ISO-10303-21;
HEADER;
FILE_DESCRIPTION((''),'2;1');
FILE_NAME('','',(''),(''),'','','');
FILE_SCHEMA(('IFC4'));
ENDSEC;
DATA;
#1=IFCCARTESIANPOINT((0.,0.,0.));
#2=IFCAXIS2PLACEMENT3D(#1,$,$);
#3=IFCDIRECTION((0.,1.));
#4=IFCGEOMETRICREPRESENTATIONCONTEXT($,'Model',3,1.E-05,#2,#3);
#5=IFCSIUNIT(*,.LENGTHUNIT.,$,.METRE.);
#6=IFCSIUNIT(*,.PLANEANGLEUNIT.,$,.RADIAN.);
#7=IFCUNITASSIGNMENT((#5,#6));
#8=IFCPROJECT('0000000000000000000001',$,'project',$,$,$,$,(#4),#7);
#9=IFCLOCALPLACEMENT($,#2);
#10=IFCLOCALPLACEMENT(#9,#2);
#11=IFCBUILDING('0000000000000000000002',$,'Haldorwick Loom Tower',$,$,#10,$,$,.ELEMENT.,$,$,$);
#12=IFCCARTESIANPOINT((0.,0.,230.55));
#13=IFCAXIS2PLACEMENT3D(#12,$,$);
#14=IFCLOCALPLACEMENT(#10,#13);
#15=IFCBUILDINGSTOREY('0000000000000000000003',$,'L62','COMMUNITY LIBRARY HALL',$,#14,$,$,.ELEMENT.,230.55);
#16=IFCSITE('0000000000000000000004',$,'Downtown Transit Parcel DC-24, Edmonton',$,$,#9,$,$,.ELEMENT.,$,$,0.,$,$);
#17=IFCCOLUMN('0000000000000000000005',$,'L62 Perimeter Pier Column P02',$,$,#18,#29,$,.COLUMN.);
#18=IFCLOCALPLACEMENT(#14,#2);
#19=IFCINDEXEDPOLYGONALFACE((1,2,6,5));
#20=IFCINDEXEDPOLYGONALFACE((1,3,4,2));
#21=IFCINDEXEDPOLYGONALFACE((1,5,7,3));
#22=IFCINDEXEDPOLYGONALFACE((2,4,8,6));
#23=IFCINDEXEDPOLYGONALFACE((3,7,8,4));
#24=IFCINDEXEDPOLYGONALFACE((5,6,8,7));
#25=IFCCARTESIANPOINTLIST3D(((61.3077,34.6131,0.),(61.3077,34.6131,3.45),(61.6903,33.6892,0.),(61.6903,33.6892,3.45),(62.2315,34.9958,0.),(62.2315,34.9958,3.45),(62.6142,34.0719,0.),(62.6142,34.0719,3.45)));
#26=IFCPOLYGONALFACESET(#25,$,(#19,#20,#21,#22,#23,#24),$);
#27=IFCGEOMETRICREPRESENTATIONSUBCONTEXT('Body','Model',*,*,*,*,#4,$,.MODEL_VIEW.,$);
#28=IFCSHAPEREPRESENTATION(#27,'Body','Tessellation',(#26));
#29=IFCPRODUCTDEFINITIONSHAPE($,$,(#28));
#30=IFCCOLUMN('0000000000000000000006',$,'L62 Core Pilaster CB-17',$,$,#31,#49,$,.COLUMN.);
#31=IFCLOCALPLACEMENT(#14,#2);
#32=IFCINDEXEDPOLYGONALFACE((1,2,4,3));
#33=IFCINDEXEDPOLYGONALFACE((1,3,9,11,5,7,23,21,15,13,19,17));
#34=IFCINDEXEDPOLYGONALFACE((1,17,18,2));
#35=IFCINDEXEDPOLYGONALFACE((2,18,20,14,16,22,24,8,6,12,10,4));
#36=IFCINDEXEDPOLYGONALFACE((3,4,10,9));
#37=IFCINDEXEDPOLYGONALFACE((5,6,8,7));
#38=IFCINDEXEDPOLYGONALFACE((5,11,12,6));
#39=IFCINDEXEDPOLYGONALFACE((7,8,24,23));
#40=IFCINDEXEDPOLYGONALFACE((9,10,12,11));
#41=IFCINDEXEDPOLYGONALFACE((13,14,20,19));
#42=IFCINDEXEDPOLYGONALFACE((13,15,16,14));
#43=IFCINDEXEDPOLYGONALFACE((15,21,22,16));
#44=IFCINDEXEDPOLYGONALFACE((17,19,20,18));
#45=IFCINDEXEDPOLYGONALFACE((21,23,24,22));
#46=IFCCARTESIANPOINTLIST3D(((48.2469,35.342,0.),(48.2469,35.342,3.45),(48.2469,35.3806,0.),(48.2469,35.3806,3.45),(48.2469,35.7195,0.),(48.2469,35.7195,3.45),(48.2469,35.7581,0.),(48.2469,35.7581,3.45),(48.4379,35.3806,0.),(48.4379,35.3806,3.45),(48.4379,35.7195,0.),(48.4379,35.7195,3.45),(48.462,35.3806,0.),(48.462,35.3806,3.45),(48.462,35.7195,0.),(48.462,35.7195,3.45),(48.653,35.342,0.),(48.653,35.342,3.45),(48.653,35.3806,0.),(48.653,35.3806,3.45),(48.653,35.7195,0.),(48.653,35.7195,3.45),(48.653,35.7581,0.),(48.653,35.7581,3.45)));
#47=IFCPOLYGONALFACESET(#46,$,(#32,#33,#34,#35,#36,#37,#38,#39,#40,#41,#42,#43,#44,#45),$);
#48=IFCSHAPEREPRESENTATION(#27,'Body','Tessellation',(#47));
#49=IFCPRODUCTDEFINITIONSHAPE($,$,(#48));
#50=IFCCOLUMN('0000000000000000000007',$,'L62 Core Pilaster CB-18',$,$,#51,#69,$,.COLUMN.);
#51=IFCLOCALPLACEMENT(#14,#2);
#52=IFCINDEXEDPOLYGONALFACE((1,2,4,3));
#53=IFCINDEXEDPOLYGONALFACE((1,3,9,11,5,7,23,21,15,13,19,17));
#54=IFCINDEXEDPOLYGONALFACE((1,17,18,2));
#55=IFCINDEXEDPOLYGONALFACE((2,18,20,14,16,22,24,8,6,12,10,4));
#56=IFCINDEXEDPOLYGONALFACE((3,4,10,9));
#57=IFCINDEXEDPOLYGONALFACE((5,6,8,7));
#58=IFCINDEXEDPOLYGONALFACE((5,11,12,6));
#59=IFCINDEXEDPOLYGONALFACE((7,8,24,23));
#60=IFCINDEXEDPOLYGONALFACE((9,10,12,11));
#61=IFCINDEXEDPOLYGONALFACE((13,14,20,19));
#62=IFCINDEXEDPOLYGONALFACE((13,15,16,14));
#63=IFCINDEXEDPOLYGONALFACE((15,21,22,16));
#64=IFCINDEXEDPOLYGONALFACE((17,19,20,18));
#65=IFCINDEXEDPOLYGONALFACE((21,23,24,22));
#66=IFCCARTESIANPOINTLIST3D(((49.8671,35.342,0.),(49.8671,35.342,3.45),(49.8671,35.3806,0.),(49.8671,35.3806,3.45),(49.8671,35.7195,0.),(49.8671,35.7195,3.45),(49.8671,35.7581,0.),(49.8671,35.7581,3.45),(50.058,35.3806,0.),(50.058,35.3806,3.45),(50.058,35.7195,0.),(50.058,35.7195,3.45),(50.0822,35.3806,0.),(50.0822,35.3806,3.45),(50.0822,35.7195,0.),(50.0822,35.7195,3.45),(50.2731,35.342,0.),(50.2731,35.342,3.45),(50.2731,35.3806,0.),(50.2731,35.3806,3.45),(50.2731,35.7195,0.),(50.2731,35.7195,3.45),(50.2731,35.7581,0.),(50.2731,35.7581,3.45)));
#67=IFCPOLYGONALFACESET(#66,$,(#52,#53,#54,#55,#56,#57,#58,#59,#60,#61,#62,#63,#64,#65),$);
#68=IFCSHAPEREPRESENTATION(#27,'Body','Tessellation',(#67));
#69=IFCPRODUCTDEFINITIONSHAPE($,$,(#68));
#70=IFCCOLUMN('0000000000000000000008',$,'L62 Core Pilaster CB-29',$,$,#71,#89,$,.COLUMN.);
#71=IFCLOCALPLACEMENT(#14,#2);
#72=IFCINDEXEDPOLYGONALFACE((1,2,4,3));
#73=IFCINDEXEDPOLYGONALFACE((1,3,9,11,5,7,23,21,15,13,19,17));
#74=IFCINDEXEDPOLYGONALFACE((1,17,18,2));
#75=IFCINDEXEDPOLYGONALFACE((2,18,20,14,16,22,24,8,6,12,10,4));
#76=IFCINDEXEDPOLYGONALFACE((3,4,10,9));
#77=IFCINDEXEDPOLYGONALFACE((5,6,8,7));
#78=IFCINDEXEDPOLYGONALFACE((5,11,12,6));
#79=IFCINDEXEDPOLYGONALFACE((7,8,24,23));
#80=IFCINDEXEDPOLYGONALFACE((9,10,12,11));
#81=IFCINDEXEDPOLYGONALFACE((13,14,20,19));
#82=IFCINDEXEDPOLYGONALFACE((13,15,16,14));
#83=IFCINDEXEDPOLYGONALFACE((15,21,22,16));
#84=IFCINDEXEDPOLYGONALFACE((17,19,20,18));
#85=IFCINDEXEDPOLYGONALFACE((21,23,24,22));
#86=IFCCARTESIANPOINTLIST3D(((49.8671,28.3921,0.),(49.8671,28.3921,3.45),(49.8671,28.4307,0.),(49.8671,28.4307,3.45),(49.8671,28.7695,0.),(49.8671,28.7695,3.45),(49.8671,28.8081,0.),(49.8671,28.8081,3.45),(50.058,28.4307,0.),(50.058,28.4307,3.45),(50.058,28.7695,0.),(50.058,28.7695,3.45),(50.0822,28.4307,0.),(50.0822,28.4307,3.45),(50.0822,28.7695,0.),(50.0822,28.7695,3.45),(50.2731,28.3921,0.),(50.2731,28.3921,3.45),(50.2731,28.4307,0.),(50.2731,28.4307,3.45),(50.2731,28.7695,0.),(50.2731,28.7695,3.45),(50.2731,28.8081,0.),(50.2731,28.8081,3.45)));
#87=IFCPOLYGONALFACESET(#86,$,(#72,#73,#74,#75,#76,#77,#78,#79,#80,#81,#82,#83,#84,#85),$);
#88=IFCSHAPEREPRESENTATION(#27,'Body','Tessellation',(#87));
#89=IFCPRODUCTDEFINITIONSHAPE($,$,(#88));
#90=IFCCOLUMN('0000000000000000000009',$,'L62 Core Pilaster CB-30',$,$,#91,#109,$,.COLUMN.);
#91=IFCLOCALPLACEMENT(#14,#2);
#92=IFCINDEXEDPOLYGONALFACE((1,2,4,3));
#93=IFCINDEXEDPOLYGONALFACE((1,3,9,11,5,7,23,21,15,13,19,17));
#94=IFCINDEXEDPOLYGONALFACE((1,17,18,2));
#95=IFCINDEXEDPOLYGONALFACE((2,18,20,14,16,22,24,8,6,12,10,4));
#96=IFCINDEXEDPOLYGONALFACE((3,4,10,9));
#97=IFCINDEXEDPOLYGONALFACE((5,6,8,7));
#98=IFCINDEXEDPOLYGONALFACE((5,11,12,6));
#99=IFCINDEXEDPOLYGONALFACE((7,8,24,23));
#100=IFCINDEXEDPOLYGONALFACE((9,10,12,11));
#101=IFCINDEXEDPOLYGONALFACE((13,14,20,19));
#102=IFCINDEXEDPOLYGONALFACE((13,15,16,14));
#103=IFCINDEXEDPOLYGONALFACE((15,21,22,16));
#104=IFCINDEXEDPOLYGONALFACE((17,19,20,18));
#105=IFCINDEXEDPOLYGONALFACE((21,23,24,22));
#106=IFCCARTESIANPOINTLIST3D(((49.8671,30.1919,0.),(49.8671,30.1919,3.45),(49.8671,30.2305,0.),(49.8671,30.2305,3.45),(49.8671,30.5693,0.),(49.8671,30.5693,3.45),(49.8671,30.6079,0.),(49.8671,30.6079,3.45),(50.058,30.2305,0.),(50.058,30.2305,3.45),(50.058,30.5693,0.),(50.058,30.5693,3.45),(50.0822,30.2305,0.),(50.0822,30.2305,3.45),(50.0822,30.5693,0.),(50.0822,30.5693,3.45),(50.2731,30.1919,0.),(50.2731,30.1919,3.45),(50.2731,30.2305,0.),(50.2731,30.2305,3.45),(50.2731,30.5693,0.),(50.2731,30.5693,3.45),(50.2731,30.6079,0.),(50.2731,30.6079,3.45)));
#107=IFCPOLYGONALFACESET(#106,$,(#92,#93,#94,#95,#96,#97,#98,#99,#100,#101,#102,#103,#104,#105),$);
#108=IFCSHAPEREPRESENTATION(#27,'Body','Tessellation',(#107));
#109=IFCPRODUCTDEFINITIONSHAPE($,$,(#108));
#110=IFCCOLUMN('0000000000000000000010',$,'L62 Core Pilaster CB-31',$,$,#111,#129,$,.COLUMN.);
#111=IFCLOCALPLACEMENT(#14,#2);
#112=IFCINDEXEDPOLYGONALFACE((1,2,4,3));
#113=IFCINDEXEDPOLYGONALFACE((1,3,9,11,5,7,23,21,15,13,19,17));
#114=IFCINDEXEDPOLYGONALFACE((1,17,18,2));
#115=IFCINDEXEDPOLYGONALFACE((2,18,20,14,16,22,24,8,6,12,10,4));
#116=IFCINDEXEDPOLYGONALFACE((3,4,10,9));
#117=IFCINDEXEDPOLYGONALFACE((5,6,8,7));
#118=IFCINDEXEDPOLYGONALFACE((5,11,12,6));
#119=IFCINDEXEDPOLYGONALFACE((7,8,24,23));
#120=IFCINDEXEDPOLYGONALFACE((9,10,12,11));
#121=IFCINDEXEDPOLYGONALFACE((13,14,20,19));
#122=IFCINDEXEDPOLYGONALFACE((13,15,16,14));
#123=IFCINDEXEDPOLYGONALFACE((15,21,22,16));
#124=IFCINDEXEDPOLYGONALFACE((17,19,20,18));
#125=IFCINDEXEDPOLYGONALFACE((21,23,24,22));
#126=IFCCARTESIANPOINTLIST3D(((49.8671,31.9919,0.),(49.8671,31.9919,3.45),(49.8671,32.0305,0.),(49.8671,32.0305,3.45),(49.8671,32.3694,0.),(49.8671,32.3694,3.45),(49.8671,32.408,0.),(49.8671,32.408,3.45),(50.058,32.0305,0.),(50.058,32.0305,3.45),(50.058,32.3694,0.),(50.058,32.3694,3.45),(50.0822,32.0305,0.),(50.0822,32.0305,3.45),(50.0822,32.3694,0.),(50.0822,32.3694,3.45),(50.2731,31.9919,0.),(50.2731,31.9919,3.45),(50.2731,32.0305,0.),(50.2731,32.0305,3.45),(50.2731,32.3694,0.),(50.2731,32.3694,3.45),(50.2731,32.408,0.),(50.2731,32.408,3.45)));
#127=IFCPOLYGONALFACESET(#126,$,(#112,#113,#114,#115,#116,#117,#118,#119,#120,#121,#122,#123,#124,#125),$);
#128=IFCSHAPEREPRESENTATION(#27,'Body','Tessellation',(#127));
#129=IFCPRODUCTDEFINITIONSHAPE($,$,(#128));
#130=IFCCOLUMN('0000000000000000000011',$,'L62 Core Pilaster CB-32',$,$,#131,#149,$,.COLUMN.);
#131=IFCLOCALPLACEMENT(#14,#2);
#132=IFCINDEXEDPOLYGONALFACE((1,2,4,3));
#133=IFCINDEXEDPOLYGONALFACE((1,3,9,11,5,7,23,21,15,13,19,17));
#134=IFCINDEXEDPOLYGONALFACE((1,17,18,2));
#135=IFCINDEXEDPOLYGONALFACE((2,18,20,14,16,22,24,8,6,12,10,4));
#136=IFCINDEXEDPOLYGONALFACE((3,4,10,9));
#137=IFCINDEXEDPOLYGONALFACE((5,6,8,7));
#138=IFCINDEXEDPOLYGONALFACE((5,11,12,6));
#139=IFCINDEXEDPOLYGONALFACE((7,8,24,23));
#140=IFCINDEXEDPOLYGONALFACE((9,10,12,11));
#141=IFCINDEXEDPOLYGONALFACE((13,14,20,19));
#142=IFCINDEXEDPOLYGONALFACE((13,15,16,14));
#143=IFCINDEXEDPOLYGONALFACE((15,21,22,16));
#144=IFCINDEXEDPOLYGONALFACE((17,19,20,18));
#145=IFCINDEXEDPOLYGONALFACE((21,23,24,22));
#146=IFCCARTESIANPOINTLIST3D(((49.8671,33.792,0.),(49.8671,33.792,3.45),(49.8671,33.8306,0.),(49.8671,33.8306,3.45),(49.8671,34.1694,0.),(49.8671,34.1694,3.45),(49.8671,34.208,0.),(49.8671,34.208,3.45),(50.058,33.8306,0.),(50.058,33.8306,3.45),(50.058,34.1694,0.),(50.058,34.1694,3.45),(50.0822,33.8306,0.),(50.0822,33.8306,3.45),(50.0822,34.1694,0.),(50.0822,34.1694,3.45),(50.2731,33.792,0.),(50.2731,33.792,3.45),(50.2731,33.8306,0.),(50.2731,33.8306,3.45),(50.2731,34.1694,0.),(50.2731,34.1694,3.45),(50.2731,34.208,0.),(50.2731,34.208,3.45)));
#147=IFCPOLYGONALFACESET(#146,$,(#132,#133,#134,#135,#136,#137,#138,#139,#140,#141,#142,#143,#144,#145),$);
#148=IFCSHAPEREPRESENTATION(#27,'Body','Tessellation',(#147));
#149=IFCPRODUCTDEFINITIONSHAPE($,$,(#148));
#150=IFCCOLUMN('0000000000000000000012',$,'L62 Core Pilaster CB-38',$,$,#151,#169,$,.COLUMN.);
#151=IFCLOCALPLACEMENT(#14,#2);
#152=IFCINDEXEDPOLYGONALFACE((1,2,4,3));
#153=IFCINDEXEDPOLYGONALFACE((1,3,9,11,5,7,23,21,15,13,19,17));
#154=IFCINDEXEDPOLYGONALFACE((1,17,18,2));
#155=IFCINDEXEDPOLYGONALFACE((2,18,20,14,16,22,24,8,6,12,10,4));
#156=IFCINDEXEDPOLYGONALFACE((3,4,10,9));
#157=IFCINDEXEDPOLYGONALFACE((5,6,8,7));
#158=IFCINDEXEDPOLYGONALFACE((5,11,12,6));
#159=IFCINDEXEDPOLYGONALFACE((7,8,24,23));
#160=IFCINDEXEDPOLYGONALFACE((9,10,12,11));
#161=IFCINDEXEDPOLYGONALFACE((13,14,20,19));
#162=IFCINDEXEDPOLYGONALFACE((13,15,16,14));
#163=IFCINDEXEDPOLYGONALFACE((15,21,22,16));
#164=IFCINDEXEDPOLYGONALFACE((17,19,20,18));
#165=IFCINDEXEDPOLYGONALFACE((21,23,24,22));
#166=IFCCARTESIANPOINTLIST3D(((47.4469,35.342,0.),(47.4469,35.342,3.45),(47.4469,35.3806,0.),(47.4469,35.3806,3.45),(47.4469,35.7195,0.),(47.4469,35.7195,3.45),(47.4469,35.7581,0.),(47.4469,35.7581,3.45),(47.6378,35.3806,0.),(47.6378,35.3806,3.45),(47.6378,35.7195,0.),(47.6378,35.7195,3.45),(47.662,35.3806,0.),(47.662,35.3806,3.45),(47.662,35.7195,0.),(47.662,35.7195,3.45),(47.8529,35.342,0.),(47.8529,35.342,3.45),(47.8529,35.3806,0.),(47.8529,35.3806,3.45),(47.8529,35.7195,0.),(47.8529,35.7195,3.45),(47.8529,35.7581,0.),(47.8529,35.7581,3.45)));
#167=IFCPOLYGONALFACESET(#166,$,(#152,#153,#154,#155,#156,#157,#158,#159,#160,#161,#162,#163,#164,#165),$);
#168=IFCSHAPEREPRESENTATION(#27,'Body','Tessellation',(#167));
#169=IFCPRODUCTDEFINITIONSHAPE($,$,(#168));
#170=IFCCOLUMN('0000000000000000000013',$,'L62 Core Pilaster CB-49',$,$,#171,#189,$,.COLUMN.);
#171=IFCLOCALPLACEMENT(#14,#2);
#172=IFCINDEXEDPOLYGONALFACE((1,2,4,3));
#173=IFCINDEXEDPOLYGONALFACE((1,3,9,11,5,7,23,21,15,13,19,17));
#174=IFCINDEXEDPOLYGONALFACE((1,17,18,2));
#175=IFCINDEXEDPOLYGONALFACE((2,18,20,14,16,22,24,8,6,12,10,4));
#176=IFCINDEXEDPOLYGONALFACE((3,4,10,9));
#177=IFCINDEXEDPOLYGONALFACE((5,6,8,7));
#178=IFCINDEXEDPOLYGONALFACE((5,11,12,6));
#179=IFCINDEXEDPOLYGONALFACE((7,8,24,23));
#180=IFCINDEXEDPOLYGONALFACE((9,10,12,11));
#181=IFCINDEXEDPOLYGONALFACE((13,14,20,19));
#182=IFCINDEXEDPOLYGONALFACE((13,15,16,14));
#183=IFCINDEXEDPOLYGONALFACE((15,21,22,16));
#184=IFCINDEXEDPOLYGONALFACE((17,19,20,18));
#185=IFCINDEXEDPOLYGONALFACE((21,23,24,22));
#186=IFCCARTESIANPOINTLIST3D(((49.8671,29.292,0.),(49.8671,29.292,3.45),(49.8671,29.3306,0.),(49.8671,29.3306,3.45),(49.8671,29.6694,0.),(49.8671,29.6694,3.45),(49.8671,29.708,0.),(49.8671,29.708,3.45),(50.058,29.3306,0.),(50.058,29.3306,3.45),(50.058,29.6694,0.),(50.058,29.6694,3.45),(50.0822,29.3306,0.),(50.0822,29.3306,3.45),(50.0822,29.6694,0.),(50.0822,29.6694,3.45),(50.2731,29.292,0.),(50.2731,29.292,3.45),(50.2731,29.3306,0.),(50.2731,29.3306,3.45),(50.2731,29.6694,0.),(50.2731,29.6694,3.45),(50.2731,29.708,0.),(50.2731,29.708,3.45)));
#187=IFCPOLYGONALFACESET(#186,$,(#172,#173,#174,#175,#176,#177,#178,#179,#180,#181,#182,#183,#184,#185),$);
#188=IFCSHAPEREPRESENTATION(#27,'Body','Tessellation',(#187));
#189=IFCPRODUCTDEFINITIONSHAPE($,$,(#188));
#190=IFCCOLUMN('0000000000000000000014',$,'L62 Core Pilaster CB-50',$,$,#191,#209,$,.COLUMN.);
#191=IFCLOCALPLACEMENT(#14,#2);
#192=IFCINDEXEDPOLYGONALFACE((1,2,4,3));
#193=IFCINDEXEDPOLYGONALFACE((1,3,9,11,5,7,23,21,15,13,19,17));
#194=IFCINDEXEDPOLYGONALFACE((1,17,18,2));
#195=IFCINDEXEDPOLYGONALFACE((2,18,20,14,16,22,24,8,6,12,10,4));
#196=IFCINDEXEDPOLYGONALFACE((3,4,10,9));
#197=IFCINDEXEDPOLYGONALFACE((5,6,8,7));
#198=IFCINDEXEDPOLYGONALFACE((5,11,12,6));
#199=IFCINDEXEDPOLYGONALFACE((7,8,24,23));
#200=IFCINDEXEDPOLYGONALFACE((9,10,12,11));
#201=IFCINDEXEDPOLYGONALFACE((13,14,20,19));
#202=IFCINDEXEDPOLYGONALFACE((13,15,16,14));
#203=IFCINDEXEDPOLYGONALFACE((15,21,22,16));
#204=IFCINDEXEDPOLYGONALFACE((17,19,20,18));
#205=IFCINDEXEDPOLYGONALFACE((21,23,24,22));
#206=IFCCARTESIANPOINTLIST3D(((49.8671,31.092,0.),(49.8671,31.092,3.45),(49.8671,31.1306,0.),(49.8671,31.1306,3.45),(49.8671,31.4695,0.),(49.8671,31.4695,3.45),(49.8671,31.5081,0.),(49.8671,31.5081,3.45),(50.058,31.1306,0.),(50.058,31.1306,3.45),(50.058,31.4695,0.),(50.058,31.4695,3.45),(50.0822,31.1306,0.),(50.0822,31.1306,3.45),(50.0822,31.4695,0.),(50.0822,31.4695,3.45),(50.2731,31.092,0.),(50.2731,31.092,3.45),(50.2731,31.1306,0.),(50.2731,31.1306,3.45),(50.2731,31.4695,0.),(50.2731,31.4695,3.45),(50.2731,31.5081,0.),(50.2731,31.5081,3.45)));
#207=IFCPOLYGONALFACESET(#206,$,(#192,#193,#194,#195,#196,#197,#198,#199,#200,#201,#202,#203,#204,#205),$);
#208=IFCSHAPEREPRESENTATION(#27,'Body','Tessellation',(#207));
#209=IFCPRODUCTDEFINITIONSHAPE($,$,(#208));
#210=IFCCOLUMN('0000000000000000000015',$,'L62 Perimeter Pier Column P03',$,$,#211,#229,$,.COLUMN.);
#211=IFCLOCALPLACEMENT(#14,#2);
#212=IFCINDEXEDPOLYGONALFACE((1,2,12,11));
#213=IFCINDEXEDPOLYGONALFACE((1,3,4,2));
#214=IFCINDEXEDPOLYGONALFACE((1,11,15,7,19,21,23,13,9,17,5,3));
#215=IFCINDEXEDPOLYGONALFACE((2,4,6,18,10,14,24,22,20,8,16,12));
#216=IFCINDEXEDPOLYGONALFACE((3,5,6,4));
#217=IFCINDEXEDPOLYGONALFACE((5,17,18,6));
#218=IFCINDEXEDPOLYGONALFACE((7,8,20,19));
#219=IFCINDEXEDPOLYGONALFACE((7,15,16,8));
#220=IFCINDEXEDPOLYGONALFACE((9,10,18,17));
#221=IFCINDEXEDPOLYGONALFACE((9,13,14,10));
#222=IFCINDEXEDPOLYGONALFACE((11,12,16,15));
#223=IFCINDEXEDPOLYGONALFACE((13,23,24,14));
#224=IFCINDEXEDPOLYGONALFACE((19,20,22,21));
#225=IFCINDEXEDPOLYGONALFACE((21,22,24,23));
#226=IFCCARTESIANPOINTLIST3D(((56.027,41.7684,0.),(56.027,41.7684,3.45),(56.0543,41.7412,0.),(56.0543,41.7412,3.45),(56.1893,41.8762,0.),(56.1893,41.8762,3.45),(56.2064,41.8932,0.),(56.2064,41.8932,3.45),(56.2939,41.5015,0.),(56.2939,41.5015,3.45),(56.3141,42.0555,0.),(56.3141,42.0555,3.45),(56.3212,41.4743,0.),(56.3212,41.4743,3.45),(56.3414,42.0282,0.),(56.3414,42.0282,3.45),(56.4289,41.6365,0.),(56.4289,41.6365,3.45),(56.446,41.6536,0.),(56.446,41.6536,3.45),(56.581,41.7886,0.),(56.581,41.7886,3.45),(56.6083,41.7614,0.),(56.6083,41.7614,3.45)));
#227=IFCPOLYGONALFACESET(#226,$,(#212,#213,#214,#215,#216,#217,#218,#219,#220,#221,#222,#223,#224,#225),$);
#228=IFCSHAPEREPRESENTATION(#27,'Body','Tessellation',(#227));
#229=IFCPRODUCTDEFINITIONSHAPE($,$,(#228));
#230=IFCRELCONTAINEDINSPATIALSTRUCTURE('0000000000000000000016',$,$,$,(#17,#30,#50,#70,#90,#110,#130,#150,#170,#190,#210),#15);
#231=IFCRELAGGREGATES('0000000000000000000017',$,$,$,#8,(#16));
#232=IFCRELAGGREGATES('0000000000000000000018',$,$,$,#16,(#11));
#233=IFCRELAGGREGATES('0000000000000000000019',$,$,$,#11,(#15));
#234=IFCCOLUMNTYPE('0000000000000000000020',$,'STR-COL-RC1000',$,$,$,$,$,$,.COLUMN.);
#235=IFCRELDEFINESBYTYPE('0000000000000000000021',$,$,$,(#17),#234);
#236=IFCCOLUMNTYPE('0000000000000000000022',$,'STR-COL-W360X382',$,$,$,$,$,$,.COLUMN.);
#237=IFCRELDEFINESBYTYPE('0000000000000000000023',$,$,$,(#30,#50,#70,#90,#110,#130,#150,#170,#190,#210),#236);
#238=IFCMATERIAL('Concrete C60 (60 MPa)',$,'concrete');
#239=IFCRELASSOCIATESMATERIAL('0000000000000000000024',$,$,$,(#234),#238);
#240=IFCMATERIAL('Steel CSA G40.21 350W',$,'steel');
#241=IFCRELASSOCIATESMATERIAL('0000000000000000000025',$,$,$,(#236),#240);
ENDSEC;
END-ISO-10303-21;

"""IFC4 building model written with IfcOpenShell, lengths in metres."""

from ifc_helpers import new_model, si_unit, direction, frame, origin, origin_2d, place, context, subcontext, project, spatial, rectangle, i_section, extrude, material, material_profile, profile_set, type_object, element, save


model = new_model("IFC4")

# Units and contexts
model_context = context("Model", 3, precision=1e-05, world=origin(), true_north=direction((0.0, 1.0)))
body_context = subcontext(model_context, "Body", "Model", "MODEL_VIEW")
ifc_project = project(units=[si_unit("LENGTHUNIT", "METRE"), si_unit("PLANEANGLEUNIT", "RADIAN")], contexts=[model_context])

# Site, building, storey
site_placement = place(None, origin())
site = spatial("IfcSite", under=ifc_project, at=site_placement, Name="Downtown Transit Parcel DC-24, Edmonton", CompositionType="ELEMENT", RefElevation=0.0)
building_placement = place(site_placement, origin())
building = spatial("IfcBuilding", under=site, at=building_placement, Name="Haldorwick Loom Tower", CompositionType="ELEMENT")
storey_placement = place(building_placement, frame((0.0, 0.0, 230.55)))
storey = spatial("IfcBuildingStorey", under=building, at=storey_placement, Name="L62", Description="COMMUNITY LIBRARY HALL", CompositionType="ELEMENT", Elevation=230.55)

# Columns
ifc_material_1 = material(Name="Concrete C60 (60 MPa)", Category="concrete")
ifc_material_profile_1 = material_profile(ifc_material_1, rectangle(XDim=1.0, YDim=1.0, at=origin_2d()), Name="RC1000X1000", Category="concrete")
ifc_profile_set_1 = profile_set([ifc_material_profile_1], Name="Concrete C60 (60 MPa)")
column_type_1 = type_object("IfcColumnType", Name="STR-COL-RC1000", PredefinedType="COLUMN", material=ifc_profile_set_1)
column_placement = place(storey_placement, frame((61.9609, 34.3425, 0.0), z_axis=(0.0, 0.0, 1.0), x_axis=(0.92388, 0.382683, 0.0)))
element("IfcColumn", 1, at=column_placement, inside=storey, type_object=column_type_1, Name="L62 Perimeter Pier Column P02", PredefinedType="COLUMN", context=body_context, shape_type="SweptSolid", body=[
    extrude(rectangle(XDim=1.0, YDim=1.0, at=origin_2d()), origin(), (0.0, 0.0, 1.0), 3.45),
])
ifc_material_2 = material(Name="Steel CSA G40.21 350W", Category="steel")
ifc_material_profile_2 = material_profile(ifc_material_2, i_section(OverallWidth=0.406, OverallDepth=0.416, WebThickness=0.0242, FlangeThickness=0.0386, at=origin_2d()), Name="W360X382", Category="steel")
ifc_profile_set_2 = profile_set([ifc_material_profile_2], Name="Steel CSA G40.21 350W")
column_type_2 = type_object("IfcColumnType", Name="STR-COL-W360X382", PredefinedType="COLUMN", material=ifc_profile_set_2)
for number, where, z_axis, x_axis, name in (
    (2, (48.45, 35.55, 0.0), (0.0, 0.0, 1.0), (1.0, 0.0, 0.0), "L62 Core Pilaster CB-17"),
    (3, (50.0701, 35.55, 0.0), (0.0, 0.0, 1.0), (1.0, 0.0, 0.0), "L62 Core Pilaster CB-18"),
    (4, (50.0701, 28.6001, 0.0), (0.0, 0.0, 1.0), (1.0, 0.0, 0.0), "L62 Core Pilaster CB-29"),
    (5, (50.0701, 30.3999, 0.0), (0.0, 0.0, 1.0), (1.0, 0.0, 0.0), "L62 Core Pilaster CB-30"),
    (6, (50.0701, 32.2, 0.0), (0.0, 0.0, 1.0), (1.0, 0.0, 0.0), "L62 Core Pilaster CB-31"),
    (7, (50.0701, 34.0, 0.0), (0.0, 0.0, 1.0), (1.0, 0.0, 0.0), "L62 Core Pilaster CB-32"),
    (8, (47.6499, 35.55, 0.0), (0.0, 0.0, 1.0), (1.0, 0.0, 0.0), "L62 Core Pilaster CB-38"),
    (9, (50.0701, 29.5, 0.0), (0.0, 0.0, 1.0), (1.0, 0.0, 0.0), "L62 Core Pilaster CB-49"),
    (10, (50.0701, 31.3, 0.0), (0.0, 0.0, 1.0), (1.0, 0.0, 0.0), "L62 Core Pilaster CB-50"),
    (11, (56.3176, 41.7649, 0.0), (0.0, 0.0, 1.0), (0.707107, 0.707107, 0.0), "L62 Perimeter Pier Column P03"),
):
    element("IfcColumn", number, at=place(storey_placement, frame(where, z_axis=z_axis, x_axis=x_axis)), inside=storey, type_object=column_type_2, Name=name, PredefinedType="COLUMN", context=body_context, shape_type="SweptSolid", body=[
        extrude(i_section(OverallWidth=0.406, OverallDepth=0.416, WebThickness=0.0242, FlangeThickness=0.0386, at=origin_2d()), origin(), (0.0, 0.0, 1.0), 3.45),
    ])

save(model, "model.ifc")
